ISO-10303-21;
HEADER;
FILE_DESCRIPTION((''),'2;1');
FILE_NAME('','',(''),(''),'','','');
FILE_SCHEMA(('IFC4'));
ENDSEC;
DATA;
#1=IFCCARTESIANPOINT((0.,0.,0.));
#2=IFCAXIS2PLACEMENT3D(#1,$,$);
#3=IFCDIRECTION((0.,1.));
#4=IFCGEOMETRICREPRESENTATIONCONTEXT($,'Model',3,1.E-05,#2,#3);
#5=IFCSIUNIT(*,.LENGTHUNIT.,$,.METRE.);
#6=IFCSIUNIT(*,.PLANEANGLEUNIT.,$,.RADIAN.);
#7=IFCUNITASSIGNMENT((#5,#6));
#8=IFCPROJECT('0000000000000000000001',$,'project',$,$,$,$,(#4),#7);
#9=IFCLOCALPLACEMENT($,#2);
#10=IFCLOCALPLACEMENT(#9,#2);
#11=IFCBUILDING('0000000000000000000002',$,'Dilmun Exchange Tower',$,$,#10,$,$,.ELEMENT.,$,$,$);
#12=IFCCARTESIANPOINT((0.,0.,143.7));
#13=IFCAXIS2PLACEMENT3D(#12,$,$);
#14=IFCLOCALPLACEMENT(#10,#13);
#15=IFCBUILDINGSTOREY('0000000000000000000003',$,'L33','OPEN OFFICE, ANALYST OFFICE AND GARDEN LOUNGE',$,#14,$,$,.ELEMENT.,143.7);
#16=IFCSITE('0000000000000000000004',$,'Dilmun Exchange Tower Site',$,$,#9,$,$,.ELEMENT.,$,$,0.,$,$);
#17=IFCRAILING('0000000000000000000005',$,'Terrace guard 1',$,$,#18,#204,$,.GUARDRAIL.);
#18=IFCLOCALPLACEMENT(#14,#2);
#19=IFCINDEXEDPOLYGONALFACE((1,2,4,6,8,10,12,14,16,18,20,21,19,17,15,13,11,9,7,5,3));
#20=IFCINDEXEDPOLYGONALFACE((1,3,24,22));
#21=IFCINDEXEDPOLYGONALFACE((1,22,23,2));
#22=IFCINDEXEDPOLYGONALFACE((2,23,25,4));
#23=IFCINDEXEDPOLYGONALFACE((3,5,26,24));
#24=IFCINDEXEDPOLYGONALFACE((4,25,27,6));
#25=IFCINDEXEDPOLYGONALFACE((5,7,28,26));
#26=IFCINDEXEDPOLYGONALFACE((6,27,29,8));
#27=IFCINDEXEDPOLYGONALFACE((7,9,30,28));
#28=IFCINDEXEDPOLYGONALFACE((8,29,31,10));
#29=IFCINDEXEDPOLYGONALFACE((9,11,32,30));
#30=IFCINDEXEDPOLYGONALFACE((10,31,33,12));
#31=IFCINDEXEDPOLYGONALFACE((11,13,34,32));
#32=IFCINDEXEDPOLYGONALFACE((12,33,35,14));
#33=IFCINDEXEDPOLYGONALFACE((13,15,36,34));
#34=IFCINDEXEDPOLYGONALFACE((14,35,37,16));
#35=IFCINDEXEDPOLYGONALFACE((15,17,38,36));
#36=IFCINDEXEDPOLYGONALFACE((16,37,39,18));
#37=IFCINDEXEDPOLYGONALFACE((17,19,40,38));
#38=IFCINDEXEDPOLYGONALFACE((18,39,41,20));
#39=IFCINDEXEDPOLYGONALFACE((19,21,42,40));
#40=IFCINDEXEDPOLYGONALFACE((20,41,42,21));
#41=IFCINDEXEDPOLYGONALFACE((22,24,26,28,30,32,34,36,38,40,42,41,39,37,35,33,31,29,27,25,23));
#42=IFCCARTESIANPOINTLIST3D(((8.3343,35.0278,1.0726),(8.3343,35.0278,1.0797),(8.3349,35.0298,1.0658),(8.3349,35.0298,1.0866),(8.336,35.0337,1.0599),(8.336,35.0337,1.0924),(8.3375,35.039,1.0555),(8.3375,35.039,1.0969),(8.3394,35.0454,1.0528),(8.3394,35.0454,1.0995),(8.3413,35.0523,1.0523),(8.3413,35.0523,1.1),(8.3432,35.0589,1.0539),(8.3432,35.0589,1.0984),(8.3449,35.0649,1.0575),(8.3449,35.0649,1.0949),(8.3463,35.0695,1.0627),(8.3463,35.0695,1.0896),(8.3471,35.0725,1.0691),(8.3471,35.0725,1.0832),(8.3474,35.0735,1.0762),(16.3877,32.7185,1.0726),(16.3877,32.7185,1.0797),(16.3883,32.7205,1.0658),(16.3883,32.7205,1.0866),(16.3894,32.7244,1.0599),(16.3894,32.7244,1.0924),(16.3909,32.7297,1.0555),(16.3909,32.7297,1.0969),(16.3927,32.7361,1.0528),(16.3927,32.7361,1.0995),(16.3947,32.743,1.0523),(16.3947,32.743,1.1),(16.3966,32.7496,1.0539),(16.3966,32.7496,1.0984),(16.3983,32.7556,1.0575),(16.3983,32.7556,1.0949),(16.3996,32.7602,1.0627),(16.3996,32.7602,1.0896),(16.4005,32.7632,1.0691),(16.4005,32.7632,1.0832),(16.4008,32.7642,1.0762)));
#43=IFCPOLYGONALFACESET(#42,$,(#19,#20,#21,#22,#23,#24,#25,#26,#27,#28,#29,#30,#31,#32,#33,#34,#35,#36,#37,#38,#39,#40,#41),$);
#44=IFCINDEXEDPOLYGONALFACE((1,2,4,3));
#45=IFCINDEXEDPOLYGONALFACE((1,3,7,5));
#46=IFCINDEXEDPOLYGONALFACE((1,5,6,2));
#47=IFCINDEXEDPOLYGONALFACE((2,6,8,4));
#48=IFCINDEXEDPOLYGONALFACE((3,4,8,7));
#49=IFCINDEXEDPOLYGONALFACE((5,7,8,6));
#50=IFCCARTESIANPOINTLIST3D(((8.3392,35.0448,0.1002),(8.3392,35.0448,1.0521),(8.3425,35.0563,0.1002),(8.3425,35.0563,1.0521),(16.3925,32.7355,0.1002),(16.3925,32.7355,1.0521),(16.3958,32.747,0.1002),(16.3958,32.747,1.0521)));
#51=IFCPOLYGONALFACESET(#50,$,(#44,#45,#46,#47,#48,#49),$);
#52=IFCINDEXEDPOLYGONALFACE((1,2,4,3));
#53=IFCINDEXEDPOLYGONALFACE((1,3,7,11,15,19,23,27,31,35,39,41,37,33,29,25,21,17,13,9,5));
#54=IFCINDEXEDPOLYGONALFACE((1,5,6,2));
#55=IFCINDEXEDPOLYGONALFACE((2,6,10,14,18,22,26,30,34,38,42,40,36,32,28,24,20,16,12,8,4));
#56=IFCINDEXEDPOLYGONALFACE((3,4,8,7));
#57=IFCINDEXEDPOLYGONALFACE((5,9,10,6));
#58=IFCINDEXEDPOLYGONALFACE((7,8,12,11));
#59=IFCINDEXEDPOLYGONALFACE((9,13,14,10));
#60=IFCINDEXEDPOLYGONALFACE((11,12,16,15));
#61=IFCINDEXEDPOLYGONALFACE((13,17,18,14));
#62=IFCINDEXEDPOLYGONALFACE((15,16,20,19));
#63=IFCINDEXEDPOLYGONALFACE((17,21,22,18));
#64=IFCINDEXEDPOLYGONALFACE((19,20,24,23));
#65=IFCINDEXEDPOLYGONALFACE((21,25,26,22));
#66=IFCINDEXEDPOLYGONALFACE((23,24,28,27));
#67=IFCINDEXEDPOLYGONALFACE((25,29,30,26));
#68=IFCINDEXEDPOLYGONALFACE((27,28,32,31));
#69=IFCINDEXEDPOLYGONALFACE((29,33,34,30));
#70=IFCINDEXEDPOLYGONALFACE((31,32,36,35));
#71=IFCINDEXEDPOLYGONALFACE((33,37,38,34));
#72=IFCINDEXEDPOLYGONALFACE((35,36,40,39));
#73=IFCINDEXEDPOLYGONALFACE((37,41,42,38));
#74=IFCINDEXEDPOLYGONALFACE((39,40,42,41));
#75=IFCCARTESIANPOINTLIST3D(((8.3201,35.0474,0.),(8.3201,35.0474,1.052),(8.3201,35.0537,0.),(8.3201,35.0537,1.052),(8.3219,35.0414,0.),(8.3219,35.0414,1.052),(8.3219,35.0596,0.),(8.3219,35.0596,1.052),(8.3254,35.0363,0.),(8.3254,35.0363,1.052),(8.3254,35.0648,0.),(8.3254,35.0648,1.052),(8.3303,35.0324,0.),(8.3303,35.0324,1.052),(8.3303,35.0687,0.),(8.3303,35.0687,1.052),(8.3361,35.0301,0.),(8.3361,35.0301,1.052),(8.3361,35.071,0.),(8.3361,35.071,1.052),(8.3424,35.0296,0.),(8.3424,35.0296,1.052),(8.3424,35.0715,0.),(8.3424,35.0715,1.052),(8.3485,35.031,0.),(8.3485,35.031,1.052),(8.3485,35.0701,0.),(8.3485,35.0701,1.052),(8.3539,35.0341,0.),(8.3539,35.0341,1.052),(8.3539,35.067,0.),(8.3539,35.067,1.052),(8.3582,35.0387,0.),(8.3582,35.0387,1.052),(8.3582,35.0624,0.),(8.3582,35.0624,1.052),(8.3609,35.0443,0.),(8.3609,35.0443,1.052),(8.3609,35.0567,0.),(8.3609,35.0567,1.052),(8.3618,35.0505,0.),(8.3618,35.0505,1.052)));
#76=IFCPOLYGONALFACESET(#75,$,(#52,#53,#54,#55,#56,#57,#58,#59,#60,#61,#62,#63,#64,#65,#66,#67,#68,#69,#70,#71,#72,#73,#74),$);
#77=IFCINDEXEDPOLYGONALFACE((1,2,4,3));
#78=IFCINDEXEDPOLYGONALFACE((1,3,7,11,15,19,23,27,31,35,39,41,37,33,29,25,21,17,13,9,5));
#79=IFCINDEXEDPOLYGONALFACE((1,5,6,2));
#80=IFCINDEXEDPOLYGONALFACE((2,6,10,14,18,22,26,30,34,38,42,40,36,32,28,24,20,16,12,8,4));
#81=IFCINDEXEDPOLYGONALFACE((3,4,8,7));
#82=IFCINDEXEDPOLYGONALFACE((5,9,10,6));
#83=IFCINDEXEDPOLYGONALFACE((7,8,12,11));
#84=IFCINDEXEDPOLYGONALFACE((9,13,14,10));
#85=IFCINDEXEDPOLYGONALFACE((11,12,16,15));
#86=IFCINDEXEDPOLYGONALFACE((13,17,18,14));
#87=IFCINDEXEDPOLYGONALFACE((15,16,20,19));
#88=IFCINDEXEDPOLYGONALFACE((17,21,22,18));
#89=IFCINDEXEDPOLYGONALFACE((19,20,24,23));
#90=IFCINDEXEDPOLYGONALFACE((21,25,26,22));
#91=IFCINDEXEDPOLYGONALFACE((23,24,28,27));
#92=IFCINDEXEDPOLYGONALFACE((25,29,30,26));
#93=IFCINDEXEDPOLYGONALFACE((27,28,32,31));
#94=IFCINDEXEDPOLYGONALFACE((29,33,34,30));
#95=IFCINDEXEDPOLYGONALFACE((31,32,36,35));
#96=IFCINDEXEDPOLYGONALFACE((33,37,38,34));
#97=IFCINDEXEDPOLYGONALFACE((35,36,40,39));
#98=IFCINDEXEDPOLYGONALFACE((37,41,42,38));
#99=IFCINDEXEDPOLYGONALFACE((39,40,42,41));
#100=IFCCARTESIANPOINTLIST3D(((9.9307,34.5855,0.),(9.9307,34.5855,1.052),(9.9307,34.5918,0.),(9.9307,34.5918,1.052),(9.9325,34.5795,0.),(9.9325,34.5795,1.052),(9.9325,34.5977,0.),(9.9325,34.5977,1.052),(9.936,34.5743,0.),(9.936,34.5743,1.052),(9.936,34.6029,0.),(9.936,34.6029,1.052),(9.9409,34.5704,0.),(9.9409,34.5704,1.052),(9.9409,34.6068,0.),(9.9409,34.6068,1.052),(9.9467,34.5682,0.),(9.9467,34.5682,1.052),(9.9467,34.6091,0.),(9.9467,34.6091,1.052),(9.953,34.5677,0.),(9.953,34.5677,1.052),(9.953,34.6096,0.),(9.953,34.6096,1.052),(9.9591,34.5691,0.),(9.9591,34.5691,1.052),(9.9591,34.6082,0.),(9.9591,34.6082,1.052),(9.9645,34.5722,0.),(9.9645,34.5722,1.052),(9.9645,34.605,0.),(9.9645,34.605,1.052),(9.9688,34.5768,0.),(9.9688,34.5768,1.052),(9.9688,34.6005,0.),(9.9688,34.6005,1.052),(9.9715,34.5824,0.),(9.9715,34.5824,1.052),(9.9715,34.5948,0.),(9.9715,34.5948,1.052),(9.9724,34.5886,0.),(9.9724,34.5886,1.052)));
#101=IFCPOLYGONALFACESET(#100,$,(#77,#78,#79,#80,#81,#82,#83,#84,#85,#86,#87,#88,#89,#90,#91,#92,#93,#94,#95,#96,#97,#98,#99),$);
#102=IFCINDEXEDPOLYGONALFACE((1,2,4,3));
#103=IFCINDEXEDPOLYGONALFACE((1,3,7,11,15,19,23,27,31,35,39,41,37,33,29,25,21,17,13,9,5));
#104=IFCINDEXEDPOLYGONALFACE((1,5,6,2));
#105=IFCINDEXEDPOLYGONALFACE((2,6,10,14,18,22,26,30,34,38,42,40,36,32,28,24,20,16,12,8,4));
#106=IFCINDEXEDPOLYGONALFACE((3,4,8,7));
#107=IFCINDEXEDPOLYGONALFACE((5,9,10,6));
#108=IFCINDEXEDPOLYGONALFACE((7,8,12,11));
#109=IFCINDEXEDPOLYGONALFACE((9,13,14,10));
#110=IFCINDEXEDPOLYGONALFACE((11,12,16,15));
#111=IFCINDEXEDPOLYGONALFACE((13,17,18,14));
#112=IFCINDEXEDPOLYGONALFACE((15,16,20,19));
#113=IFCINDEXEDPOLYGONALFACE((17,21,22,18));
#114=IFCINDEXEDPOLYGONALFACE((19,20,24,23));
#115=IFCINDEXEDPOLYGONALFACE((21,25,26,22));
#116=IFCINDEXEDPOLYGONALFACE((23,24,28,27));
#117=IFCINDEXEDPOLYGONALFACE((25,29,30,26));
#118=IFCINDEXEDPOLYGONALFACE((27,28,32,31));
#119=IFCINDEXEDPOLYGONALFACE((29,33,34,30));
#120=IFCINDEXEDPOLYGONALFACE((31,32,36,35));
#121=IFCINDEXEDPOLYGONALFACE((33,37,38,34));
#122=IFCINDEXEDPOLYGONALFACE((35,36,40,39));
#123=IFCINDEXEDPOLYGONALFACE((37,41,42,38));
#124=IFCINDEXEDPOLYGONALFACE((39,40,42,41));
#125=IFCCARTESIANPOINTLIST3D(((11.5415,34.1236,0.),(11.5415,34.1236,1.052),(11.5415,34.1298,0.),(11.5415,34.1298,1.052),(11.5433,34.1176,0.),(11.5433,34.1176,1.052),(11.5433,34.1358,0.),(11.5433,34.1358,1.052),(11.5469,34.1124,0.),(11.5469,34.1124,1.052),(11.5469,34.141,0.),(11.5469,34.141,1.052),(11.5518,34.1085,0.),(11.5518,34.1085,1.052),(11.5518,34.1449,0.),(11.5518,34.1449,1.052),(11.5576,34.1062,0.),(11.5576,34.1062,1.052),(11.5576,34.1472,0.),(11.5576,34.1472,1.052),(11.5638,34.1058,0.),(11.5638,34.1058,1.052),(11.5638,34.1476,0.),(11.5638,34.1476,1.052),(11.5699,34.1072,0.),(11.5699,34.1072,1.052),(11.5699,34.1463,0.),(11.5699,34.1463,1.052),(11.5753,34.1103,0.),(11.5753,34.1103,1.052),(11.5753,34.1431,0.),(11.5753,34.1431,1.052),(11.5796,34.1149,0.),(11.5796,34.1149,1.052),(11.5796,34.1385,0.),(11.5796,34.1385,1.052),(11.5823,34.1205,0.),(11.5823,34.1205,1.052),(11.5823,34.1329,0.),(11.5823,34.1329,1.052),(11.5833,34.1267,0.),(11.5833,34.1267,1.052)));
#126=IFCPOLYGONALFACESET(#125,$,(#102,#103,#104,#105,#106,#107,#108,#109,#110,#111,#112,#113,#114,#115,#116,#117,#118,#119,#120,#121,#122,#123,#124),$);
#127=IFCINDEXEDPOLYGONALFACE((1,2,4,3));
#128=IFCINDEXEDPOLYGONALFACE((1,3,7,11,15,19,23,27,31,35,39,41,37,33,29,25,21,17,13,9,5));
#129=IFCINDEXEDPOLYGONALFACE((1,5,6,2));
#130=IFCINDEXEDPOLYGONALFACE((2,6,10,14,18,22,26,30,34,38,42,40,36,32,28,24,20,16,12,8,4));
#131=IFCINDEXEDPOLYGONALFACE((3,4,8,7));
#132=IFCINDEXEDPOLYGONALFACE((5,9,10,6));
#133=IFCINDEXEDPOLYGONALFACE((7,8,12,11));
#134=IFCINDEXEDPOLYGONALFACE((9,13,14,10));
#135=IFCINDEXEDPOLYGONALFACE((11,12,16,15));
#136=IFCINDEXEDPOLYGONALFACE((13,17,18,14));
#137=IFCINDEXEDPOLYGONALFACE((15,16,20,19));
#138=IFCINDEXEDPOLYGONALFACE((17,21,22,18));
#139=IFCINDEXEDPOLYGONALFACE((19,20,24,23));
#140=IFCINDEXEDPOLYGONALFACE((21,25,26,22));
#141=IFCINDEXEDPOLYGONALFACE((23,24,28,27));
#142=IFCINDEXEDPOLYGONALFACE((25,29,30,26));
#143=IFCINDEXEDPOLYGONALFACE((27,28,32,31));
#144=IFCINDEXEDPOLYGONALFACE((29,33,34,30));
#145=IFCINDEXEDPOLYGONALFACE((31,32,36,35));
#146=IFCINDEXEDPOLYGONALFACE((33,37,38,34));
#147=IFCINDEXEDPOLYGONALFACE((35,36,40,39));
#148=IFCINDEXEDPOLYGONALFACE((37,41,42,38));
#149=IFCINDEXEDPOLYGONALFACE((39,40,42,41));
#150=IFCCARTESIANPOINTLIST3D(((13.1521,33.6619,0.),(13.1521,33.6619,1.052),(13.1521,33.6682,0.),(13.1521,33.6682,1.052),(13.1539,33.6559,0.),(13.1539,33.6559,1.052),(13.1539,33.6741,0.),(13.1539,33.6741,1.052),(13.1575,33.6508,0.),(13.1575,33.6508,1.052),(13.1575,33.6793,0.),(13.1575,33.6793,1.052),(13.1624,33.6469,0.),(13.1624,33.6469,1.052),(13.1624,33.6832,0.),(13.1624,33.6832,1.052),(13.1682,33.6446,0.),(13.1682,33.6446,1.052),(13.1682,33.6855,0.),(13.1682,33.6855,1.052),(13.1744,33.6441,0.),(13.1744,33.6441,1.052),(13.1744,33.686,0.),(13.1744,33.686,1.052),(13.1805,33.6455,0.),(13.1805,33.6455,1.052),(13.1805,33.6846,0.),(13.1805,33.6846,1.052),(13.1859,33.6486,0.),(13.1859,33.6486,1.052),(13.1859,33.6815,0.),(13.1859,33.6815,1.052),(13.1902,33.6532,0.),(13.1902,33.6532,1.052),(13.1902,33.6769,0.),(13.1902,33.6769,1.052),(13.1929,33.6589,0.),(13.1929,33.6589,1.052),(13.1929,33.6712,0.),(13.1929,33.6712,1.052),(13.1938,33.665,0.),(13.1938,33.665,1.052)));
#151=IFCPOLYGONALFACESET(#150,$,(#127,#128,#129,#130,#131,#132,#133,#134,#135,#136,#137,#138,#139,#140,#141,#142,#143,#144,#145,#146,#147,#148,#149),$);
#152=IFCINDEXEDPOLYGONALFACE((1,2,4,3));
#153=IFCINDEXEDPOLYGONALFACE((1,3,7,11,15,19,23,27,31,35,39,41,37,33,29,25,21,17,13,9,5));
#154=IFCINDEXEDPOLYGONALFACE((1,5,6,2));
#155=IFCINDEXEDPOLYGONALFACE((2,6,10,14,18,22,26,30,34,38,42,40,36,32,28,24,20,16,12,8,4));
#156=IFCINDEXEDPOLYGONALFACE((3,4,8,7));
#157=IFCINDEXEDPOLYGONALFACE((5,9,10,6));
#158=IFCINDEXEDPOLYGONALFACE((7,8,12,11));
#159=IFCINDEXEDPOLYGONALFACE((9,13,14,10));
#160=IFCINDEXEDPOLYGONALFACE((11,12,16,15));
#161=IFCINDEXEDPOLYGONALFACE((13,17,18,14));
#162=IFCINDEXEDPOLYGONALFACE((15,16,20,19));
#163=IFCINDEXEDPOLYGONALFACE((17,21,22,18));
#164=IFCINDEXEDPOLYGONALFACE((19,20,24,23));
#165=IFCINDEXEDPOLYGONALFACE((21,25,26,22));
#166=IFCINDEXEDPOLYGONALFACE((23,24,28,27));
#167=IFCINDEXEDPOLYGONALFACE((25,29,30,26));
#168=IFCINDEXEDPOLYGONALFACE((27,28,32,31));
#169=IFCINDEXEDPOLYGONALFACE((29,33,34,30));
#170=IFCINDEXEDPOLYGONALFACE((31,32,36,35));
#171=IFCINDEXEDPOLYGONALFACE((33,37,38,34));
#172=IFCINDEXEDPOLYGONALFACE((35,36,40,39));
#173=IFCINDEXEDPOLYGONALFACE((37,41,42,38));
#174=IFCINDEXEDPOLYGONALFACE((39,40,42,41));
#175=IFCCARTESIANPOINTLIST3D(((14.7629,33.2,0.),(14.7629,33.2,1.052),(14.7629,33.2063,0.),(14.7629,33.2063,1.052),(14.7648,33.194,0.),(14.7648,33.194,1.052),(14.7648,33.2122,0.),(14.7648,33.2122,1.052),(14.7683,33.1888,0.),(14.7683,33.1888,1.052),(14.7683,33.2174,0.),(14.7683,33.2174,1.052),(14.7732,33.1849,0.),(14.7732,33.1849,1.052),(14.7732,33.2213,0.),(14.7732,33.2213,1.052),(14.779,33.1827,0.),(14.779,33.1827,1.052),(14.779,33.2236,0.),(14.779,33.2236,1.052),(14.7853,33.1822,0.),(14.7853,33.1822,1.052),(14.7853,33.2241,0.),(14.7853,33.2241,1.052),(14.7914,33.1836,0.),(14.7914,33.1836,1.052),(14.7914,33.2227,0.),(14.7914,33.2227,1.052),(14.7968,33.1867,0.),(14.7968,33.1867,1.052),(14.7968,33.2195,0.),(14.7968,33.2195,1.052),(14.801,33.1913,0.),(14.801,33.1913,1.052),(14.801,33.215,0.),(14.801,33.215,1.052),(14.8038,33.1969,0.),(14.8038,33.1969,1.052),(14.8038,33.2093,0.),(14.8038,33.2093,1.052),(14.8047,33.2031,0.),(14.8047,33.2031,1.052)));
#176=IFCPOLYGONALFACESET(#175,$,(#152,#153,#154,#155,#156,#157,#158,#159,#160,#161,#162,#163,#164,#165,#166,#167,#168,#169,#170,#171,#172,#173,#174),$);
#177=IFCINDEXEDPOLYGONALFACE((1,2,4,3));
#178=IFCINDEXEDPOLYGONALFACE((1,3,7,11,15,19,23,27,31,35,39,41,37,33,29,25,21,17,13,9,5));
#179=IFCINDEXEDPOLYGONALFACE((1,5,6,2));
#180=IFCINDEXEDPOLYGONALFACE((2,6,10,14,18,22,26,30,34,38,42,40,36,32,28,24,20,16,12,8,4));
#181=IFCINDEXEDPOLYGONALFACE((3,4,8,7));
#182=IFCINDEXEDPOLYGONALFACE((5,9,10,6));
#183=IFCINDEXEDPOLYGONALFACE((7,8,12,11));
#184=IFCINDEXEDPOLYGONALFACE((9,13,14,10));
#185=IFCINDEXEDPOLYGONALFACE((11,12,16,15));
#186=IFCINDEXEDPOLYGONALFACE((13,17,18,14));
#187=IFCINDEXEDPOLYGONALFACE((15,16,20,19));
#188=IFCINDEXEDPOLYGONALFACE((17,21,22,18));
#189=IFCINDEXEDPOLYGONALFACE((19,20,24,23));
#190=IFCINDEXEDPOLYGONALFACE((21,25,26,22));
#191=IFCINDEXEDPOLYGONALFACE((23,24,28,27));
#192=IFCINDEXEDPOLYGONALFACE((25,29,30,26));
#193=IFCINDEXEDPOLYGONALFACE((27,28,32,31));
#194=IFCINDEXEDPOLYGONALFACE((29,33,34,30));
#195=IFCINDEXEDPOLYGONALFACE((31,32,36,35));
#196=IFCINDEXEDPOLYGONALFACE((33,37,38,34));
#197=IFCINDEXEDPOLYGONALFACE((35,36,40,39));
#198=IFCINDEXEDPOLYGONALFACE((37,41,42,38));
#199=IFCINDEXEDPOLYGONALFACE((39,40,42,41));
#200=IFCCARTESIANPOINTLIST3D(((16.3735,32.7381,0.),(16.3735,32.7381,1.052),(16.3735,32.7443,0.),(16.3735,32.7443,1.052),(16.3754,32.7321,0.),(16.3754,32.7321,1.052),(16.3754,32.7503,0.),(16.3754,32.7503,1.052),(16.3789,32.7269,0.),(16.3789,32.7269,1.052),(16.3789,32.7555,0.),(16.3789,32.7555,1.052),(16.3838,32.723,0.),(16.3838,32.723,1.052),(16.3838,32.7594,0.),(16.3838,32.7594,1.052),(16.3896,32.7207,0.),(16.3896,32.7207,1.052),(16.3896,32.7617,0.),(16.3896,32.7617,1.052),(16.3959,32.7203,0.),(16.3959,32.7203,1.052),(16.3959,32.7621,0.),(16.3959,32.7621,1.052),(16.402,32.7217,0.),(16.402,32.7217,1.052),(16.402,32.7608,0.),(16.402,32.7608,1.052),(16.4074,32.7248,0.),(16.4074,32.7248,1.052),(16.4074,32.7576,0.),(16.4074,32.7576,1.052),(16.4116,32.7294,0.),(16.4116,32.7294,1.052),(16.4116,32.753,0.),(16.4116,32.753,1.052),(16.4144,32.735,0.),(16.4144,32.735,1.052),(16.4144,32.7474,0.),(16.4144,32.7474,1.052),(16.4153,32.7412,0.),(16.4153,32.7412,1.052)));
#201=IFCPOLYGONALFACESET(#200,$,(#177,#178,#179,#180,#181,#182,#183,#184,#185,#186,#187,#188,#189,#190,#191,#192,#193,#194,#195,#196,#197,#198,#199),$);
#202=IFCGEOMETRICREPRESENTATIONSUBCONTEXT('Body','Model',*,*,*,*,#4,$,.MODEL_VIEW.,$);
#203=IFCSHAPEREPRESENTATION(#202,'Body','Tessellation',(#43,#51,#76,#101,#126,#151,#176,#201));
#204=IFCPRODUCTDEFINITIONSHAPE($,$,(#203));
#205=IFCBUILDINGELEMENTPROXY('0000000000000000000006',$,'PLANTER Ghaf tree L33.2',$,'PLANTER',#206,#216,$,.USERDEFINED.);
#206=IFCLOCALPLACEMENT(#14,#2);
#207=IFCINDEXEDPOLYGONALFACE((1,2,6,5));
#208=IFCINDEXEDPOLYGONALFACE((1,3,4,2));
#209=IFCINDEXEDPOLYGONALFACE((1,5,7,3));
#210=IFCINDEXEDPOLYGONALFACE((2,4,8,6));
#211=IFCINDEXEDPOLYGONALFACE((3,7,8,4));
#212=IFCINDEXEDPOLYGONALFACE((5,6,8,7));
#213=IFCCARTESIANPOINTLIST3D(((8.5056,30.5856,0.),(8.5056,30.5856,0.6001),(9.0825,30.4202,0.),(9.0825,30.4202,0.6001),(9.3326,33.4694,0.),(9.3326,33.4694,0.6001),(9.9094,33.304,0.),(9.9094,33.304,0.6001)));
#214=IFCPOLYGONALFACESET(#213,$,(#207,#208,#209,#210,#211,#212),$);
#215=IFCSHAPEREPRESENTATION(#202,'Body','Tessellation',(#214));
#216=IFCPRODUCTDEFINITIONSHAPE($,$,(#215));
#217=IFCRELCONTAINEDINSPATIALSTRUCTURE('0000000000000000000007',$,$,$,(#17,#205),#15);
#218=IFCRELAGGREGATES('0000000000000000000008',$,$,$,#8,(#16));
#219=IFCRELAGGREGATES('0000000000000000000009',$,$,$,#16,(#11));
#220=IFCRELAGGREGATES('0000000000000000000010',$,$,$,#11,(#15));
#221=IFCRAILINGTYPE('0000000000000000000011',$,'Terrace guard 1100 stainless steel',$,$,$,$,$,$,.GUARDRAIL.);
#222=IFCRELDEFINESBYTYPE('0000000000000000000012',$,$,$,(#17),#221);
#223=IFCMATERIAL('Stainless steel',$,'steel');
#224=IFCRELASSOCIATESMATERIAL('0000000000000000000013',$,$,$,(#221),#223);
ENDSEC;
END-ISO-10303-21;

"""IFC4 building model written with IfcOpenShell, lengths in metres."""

from ifc_helpers import new_model, si_unit, direction, frame, origin, origin_2d, place, context, subcontext, project, spatial, rectangle, circle, extrude, material, type_object, element, save


model = new_model("IFC4")

# Units and contexts
model_context = context("Model", 3, precision=1e-05, world=origin(), true_north=direction((0.0, 1.0)))
body_context = subcontext(model_context, "Body", "Model", "MODEL_VIEW")
ifc_project = project(units=[si_unit("LENGTHUNIT", "METRE"), si_unit("PLANEANGLEUNIT", "RADIAN")], contexts=[model_context])

# Site, building, storey
site_placement = place(None, origin())
site = spatial("IfcSite", under=ifc_project, at=site_placement, Name="Dilmun Exchange Tower Site", CompositionType="ELEMENT", RefElevation=0.0)
building_placement = place(site_placement, origin())
building = spatial("IfcBuilding", under=site, at=building_placement, Name="Dilmun Exchange Tower", CompositionType="ELEMENT")
storey_placement = place(building_placement, frame((0.0, 0.0, 143.7)))
storey = spatial("IfcBuildingStorey", under=building, at=storey_placement, Name="L33", Description="OPEN OFFICE, ANALYST OFFICE AND GARDEN LOUNGE", CompositionType="ELEMENT", Elevation=143.7)

# Railing
ifc_material_1 = material(Name="Stainless steel", Category="steel")
railing_type = type_object("IfcRailingType", Name="Terrace guard 1100 stainless steel", PredefinedType="GUARDRAIL", material=ifc_material_1)
railing_placement = place(storey_placement, frame((8.3408, 35.0505, 0.0)))
element("IfcRailing", 1, at=railing_placement, inside=storey, type_object=railing_type, Name="Terrace guard 1", PredefinedType="GUARDRAIL", context=body_context, shape_type="SweptSolid", body=[
    extrude(circle(Radius=0.0239, at=origin_2d()), frame((0.0, 0.0, 1.0762), z_axis=(0.961261, -0.275641, 0.0), x_axis=(0.275641, 0.961261, 0.0)), (0.0, 0.0, 1.0), 8.3779),
    extrude(rectangle(XDim=0.012, YDim=0.9519, at=origin_2d()), frame((0.0, 0.0, 0.5762), z_axis=(0.961261, -0.275641, 0.0), x_axis=(0.275641, 0.961261, 0.0)), (0.0, 0.0, 1.0), 8.3779),
    extrude(circle(Radius=0.021, at=origin_2d()), origin(), (0.0, 0.0, 1.0), 1.052),
    extrude(circle(Radius=0.021, at=origin_2d()), frame((1.6106, -0.4619, 0.0)), (0.0, 0.0, 1.0), 1.052),
    extrude(circle(Radius=0.021, at=origin_2d()), frame((3.2214, -0.9238, 0.0)), (0.0, 0.0, 1.0), 1.052),
    extrude(circle(Radius=0.021, at=origin_2d()), frame((4.832, -1.3855, 0.0)), (0.0, 0.0, 1.0), 1.052),
    extrude(circle(Radius=0.021, at=origin_2d()), frame((6.4429, -1.8474, 0.0)), (0.0, 0.0, 1.0), 1.052),
    extrude(circle(Radius=0.021, at=origin_2d()), frame((8.0535, -2.3093, 0.0)), (0.0, 0.0, 1.0), 1.052),
])

# Building element proxy
proxy_placement = place(storey_placement, frame((9.2075, 31.9448, 0.0), z_axis=(0.0, 0.0, 1.0), x_axis=(0.275637, 0.961262, 0.0)))
element("IfcBuildingElementProxy", 2, at=proxy_placement, inside=storey, Name="PLANTER Ghaf tree L33.2", ObjectType="PLANTER", PredefinedType="USERDEFINED", context=body_context, shape_type="SweptSolid", body=[
    extrude(rectangle(XDim=3.0, YDim=0.6001, at=origin_2d()), origin(), (0.0, 0.0, 1.0), 0.6001),
])

save(model, "model.ifc")
